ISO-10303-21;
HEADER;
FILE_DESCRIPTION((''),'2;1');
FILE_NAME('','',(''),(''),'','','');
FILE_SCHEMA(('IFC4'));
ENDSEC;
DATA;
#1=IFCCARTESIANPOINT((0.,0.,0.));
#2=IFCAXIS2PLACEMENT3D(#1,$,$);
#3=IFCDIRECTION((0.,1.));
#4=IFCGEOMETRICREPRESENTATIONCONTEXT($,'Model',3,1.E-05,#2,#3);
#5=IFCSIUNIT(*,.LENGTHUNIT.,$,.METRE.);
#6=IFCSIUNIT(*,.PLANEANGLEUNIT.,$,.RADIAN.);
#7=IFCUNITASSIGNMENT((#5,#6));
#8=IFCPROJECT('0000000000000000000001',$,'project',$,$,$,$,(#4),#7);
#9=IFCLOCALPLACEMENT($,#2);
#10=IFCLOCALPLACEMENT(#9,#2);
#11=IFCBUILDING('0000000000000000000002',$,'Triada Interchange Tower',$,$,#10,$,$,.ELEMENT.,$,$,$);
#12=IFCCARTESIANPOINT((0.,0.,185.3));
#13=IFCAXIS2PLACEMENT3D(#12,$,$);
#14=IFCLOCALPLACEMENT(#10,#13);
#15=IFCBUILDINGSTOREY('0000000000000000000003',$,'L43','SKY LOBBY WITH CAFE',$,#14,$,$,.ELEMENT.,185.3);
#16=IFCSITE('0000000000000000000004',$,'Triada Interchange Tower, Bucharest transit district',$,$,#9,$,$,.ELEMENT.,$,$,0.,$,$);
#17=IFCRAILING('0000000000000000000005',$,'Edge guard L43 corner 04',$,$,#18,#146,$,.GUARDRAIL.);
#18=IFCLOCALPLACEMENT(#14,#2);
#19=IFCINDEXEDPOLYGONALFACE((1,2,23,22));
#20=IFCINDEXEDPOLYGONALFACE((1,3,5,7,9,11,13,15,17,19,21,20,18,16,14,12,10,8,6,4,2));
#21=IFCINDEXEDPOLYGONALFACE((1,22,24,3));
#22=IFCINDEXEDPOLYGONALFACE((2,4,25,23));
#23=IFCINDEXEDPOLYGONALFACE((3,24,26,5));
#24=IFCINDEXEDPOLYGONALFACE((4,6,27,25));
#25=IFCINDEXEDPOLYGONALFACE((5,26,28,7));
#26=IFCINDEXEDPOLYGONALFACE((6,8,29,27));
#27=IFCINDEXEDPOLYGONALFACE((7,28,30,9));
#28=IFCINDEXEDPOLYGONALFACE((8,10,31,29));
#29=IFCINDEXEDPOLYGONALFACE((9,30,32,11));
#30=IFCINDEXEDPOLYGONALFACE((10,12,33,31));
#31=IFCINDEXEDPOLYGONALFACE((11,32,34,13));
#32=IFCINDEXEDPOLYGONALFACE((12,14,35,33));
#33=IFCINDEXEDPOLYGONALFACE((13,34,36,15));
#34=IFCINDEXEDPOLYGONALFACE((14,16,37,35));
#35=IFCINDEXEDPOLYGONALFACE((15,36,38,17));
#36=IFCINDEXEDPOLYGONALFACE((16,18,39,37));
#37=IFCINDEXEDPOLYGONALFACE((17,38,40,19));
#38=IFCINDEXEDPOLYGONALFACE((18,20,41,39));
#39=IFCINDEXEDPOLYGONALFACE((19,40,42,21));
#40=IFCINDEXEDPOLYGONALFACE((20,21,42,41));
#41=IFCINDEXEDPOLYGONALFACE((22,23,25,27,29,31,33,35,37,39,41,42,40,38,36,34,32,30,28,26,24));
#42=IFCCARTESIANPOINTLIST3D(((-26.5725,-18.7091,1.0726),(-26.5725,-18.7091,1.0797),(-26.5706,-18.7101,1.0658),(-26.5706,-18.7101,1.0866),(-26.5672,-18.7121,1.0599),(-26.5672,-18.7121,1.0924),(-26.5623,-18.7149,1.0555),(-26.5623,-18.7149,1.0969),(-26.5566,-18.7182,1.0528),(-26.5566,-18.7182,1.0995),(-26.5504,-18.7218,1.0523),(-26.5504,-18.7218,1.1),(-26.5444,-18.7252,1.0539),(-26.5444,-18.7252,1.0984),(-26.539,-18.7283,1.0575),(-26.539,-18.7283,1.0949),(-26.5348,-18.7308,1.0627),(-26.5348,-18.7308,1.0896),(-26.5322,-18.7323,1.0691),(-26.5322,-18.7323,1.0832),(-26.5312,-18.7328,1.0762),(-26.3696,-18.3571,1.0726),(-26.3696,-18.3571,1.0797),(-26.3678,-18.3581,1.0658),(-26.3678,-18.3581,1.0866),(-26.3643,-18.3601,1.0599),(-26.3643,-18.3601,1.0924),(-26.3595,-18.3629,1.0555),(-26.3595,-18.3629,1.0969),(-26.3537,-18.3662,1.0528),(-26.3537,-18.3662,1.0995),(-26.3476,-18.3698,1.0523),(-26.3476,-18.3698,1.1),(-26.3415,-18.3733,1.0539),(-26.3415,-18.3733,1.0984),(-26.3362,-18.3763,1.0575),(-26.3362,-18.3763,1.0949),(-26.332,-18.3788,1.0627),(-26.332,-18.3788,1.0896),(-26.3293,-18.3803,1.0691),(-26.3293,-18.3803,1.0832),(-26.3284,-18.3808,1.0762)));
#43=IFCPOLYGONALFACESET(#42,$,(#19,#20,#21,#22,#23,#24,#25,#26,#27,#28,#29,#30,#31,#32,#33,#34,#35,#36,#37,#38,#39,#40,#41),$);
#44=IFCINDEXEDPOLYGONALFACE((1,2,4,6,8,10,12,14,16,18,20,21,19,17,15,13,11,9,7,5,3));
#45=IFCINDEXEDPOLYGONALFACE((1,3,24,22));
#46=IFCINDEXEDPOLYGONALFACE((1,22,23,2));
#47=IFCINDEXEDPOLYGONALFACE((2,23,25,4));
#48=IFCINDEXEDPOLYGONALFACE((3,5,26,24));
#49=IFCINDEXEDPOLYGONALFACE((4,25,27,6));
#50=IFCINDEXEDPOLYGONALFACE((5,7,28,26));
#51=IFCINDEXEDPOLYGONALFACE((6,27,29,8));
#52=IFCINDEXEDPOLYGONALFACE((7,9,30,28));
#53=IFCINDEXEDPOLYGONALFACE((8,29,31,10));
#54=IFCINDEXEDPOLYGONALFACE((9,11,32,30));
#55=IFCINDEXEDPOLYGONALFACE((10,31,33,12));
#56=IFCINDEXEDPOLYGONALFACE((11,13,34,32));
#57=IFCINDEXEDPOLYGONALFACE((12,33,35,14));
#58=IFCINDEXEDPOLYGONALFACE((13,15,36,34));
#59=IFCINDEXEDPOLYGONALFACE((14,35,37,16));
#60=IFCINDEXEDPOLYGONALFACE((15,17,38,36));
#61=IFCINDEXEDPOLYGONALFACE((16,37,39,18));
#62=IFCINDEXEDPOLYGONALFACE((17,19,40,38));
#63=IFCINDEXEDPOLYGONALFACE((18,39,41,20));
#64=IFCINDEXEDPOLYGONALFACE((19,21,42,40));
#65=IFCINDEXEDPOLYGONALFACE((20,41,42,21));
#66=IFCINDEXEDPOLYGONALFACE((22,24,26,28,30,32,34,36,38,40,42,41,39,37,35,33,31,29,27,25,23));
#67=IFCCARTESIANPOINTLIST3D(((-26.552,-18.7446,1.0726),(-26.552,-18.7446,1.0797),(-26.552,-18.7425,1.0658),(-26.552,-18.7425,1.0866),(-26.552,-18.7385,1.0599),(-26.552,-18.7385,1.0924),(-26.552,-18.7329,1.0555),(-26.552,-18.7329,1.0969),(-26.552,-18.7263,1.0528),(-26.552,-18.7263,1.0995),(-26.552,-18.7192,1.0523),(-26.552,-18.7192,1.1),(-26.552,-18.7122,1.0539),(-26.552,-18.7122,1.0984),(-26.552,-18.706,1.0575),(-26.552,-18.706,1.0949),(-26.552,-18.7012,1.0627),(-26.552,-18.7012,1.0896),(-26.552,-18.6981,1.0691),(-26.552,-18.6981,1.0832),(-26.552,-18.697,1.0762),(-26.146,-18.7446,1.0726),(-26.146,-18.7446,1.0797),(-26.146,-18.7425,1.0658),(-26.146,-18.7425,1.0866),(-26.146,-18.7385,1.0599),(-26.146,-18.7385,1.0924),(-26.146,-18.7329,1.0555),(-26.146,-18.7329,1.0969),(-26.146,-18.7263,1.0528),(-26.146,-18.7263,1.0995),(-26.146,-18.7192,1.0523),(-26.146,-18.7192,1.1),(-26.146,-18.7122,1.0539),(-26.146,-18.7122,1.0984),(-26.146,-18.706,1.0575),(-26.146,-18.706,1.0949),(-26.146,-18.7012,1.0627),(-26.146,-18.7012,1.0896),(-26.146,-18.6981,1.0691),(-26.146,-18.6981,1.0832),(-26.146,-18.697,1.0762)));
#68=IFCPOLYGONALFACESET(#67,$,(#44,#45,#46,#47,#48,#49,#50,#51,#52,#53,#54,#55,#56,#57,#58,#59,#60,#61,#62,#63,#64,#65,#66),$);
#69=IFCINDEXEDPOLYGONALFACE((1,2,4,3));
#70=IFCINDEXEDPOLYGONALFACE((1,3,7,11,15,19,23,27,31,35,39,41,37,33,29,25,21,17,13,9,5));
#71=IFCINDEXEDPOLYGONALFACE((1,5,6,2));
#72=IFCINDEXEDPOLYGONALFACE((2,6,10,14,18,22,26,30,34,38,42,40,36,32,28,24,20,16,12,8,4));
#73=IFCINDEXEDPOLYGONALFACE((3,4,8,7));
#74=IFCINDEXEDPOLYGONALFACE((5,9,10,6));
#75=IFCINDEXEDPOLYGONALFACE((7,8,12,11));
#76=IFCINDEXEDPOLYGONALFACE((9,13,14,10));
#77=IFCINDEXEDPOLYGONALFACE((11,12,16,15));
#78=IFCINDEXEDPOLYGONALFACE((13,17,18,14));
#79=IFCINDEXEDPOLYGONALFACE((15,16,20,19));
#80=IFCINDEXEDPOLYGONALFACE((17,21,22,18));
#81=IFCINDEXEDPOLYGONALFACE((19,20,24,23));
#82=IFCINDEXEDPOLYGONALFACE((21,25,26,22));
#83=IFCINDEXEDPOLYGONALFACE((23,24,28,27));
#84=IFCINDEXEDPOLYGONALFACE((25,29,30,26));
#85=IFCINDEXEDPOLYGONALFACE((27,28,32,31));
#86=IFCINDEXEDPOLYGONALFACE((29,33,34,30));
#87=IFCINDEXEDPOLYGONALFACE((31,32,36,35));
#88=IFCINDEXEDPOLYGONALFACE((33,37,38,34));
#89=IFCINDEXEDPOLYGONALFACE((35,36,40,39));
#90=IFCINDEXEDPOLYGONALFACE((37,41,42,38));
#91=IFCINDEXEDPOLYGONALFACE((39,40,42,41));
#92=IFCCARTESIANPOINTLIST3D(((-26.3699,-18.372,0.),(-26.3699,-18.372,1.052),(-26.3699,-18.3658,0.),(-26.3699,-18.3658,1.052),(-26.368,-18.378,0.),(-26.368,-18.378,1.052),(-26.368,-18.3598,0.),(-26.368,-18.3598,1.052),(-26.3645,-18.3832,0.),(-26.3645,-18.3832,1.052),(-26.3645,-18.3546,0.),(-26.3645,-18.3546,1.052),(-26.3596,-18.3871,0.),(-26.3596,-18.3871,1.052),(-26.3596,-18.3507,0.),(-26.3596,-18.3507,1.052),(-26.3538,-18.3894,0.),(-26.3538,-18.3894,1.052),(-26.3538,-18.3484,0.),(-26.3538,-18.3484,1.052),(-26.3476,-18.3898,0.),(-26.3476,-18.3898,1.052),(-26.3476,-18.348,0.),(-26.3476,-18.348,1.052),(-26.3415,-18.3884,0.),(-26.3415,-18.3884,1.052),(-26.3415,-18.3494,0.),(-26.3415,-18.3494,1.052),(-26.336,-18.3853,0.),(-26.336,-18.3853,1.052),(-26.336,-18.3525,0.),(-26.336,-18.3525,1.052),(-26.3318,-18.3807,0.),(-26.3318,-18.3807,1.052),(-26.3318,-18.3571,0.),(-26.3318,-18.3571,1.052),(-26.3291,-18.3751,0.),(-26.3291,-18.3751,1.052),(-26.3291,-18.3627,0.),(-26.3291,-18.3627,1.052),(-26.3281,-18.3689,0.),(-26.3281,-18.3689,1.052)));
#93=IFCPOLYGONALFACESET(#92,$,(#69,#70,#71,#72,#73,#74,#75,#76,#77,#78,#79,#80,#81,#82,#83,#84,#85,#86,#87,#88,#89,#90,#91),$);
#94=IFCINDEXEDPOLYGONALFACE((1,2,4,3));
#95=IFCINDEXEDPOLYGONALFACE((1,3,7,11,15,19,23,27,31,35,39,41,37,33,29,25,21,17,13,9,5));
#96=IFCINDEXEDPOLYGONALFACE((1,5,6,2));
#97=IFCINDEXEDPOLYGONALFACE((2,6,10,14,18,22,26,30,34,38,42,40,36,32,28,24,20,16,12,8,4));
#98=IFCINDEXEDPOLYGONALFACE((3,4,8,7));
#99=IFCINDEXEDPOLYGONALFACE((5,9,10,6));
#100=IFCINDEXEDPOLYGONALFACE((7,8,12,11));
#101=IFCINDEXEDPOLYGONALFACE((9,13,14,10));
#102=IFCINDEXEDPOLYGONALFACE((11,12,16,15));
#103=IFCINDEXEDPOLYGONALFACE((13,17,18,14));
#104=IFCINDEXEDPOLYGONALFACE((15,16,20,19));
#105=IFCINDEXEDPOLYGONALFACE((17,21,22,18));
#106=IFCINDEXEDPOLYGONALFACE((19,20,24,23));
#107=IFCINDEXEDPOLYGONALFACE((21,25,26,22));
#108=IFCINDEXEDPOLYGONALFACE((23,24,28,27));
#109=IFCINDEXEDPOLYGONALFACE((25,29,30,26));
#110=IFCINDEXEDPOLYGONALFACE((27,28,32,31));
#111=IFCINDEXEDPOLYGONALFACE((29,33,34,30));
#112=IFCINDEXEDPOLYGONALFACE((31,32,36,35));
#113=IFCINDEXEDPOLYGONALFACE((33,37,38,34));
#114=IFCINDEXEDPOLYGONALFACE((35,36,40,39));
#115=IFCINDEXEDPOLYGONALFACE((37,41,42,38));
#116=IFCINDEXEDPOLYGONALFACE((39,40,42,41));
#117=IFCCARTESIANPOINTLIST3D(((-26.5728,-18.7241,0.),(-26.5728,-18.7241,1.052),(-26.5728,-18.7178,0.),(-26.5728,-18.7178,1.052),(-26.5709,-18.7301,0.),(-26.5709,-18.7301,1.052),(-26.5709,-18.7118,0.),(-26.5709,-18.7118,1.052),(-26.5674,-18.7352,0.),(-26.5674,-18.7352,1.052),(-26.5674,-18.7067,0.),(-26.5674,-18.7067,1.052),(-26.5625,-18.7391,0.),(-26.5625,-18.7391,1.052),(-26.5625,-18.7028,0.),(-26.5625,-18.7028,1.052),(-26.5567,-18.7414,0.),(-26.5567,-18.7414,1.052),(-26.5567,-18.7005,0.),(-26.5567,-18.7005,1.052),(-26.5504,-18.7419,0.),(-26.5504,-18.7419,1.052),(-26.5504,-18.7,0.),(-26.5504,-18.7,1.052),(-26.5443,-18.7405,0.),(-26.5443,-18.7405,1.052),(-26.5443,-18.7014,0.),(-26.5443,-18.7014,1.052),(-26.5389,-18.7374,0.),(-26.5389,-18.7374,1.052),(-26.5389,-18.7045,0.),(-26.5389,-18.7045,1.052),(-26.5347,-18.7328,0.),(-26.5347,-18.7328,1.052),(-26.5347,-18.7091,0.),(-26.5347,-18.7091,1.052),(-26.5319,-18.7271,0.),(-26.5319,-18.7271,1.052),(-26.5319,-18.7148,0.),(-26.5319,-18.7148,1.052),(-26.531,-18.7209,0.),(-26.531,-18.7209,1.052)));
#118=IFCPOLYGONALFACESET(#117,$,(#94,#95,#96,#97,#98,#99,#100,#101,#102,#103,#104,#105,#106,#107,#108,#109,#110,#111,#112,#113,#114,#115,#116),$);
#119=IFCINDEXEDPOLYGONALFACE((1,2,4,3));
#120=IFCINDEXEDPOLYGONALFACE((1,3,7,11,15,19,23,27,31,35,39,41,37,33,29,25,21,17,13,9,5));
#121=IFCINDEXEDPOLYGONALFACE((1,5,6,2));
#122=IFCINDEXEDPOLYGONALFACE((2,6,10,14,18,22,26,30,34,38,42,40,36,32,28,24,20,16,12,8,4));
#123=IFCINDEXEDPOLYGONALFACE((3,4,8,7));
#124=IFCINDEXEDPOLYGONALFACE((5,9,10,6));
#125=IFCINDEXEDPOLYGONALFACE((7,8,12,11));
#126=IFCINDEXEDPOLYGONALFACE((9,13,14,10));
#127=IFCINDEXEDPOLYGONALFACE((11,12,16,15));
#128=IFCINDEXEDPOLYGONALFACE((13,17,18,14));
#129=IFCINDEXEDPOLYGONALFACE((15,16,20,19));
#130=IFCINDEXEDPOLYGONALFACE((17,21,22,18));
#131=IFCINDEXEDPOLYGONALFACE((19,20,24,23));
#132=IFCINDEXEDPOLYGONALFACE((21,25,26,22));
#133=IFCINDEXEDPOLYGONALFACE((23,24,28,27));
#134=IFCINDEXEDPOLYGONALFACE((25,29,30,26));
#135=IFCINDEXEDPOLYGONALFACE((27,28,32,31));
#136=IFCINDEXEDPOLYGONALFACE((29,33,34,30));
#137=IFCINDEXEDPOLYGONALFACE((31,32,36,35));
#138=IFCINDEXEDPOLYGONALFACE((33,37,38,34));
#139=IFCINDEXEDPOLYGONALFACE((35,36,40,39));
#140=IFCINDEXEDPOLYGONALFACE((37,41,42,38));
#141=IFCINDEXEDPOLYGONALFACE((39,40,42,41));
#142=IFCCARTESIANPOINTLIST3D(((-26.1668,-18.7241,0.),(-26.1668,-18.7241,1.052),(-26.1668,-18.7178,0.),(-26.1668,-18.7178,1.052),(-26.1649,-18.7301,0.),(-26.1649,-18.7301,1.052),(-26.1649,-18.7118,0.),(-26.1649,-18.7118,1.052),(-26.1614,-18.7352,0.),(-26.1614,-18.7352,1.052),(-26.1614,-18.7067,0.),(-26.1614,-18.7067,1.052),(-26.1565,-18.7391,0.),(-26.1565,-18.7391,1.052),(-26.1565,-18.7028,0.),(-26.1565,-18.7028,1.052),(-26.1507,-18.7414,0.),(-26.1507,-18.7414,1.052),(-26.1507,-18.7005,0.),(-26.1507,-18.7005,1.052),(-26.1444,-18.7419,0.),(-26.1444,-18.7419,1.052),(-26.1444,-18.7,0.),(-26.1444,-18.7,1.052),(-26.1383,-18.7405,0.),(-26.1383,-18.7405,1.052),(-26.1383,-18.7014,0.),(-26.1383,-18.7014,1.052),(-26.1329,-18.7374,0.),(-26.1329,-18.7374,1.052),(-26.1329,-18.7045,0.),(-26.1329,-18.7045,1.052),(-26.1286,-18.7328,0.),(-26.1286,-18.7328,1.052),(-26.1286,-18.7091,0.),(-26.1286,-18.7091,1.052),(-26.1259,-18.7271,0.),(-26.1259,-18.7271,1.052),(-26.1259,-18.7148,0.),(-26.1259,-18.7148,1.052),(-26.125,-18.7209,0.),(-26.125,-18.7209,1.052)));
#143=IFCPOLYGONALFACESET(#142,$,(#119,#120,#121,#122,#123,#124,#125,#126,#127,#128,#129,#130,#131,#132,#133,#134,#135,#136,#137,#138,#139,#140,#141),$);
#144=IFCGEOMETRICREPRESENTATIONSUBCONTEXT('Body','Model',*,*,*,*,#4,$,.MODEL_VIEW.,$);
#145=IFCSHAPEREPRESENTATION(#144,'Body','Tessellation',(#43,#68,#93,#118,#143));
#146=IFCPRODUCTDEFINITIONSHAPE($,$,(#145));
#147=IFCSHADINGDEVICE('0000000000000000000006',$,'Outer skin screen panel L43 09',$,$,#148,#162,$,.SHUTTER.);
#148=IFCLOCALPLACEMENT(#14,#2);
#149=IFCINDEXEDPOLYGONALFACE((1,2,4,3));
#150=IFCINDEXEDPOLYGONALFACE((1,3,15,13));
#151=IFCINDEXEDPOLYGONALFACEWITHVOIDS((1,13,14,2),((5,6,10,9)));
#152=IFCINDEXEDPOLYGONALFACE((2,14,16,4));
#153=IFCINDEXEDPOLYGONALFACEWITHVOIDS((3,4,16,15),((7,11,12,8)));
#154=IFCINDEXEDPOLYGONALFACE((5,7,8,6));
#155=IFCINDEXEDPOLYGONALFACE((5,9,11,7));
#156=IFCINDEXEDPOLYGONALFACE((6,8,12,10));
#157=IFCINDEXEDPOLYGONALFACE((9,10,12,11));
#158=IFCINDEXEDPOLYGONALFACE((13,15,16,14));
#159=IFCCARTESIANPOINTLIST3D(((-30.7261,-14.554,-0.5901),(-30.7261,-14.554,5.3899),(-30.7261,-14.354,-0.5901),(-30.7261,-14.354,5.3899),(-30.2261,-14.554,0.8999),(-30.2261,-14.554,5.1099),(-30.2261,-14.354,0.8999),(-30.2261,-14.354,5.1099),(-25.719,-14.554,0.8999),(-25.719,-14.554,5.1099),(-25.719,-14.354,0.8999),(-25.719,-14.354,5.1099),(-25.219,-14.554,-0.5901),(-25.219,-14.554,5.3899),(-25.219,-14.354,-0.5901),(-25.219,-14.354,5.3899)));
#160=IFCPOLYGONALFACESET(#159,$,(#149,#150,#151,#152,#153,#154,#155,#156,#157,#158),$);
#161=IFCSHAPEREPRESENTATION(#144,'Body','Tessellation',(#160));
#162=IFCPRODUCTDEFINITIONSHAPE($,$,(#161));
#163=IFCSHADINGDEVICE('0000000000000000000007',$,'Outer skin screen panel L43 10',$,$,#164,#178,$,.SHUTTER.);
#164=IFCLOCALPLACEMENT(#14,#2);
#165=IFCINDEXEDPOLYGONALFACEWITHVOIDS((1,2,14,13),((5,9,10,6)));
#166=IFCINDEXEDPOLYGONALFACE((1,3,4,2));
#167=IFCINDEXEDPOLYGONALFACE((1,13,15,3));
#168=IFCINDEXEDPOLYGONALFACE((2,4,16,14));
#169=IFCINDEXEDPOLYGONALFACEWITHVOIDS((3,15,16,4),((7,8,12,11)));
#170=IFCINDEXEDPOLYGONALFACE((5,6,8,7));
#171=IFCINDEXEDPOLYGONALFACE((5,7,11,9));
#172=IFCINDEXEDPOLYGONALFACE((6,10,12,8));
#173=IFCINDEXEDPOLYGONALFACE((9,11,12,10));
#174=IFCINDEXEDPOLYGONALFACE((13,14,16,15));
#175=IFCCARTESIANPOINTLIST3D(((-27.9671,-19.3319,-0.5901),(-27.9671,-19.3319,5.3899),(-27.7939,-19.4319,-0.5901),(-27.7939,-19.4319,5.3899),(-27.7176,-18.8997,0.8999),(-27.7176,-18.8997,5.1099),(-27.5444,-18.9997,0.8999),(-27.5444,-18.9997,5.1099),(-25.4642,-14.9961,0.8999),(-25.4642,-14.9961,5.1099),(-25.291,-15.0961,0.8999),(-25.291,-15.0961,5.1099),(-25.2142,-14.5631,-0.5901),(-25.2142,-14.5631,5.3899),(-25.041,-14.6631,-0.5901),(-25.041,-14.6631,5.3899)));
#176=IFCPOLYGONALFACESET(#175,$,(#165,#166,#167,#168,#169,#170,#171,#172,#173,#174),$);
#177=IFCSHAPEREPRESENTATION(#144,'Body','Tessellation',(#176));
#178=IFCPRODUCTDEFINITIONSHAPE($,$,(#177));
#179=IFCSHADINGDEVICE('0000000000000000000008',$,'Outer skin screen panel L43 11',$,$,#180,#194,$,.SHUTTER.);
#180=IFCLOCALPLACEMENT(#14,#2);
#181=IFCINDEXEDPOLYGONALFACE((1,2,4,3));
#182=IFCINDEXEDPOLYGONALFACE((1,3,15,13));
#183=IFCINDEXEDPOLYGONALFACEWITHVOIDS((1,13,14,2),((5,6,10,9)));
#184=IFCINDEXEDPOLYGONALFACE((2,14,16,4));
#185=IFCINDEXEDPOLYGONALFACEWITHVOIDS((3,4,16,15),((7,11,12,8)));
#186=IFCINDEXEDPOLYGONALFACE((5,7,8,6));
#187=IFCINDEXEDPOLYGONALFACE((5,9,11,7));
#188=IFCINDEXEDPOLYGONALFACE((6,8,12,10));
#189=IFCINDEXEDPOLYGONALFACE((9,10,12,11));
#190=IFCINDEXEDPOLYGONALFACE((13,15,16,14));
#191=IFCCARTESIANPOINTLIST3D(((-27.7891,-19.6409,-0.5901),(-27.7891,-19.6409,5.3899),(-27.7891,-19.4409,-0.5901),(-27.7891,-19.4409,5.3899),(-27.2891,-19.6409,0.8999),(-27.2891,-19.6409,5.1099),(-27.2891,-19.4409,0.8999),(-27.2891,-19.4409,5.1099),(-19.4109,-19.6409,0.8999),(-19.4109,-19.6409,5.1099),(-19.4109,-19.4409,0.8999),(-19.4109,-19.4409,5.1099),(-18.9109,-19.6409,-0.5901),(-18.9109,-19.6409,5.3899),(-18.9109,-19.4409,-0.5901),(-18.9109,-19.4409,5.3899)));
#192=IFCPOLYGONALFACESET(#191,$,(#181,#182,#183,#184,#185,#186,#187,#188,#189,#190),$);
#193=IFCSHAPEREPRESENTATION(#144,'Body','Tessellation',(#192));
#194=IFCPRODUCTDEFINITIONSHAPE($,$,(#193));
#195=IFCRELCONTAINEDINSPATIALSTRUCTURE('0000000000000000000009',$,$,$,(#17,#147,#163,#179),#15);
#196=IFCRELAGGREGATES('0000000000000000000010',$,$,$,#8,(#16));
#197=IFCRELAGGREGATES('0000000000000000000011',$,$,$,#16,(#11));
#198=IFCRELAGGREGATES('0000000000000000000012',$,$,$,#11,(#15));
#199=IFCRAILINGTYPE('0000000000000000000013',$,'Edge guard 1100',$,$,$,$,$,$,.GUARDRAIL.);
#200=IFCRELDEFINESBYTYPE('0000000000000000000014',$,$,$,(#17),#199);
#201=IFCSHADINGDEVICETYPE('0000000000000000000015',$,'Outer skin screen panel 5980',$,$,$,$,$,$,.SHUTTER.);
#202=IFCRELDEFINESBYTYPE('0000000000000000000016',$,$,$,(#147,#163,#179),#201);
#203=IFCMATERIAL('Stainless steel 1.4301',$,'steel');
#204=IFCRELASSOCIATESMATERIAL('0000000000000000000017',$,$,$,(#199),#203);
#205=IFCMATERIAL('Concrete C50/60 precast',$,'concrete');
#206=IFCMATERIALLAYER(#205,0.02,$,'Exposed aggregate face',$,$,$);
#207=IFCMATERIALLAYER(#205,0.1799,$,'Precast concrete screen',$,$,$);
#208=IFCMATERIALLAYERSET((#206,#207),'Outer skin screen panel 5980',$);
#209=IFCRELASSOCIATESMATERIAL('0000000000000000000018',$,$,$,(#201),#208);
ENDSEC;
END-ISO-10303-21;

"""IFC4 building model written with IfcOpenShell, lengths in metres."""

from ifc_helpers import new_model, si_unit, direction, frame, origin, origin_2d, place, context, subcontext, project, spatial, polyline, circle, outline, extrude, material, layer, layer_set, type_object, element, save


model = new_model("IFC4")

# Units and contexts
model_context = context("Model", 3, precision=1e-05, world=origin(), true_north=direction((0.0, 1.0)))
body_context = subcontext(model_context, "Body", "Model", "MODEL_VIEW")
ifc_project = project(units=[si_unit("LENGTHUNIT", "METRE"), si_unit("PLANEANGLEUNIT", "RADIAN")], contexts=[model_context])

# Site, building, storey
site_placement = place(None, origin())
site = spatial("IfcSite", under=ifc_project, at=site_placement, Name="Triada Interchange Tower, Bucharest transit district", CompositionType="ELEMENT", RefElevation=0.0)
building_placement = place(site_placement, origin())
building = spatial("IfcBuilding", under=site, at=building_placement, Name="Triada Interchange Tower", CompositionType="ELEMENT")
storey_placement = place(building_placement, frame((0.0, 0.0, 185.3)))
storey = spatial("IfcBuildingStorey", under=building, at=storey_placement, Name="L43", Description="SKY LOBBY WITH CAFE", CompositionType="ELEMENT", Elevation=185.3)

# Railing
ifc_material_1 = material(Name="Stainless steel 1.4301", Category="steel")
railing_type = type_object("IfcRailingType", Name="Edge guard 1100", PredefinedType="GUARDRAIL", material=ifc_material_1)
railing_1_placement = place(storey_placement, frame((-26.3491, -18.3689, 0.0)))
element("IfcRailing", 1, at=railing_1_placement, inside=storey, type_object=railing_type, Name="Edge guard L43 corner 04", PredefinedType="GUARDRAIL", context=body_context, shape_type="SweptSolid", body=[
    extrude(circle(Radius=0.0239, at=origin_2d()), frame((0.0, 0.0, 1.0762), z_axis=(-0.499306, -0.866426, 0.0), x_axis=(0.866426, -0.499306, 0.0)), (0.0, 0.0, 1.0), 0.4062),
    extrude(circle(Radius=0.0239, at=origin_2d()), frame((-0.2029, -0.3521, 1.0762), z_axis=(1.0, 0.0, 0.0), x_axis=(0.0, 1.0, 0.0)), (0.0, 0.0, 1.0), 0.406),
    extrude(circle(Radius=0.021, at=origin_2d()), origin(), (0.0, 0.0, 1.0), 1.052),
    extrude(circle(Radius=0.021, at=origin_2d()), frame((-0.2029, -0.3521, 0.0)), (0.0, 0.0, 1.0), 1.052),
    extrude(circle(Radius=0.021, at=origin_2d()), frame((0.2031, -0.3521, 0.0)), (0.0, 0.0, 1.0), 1.052),
])

# Shading devices
ifc_material_2 = material(Name="Concrete C50/60 precast", Category="concrete")
ifc_layer_1 = layer(ifc_material_2, 0.02, Name="Exposed aggregate face")
ifc_layer_2 = layer(ifc_material_2, 0.1799, Name="Precast concrete screen")
ifc_layer_set_1 = layer_set([ifc_layer_1, ifc_layer_2], Name="Outer skin screen panel 5980")
shading_device_type = type_object("IfcShadingDeviceType", Name="Outer skin screen panel 5980", PredefinedType="SHUTTER", material=ifc_layer_set_1)
shading_device_1_placement = place(storey_placement, frame((-30.7261, -14.354, -0.5901), z_axis=(0.0, 0.0, 1.0), x_axis=(1.0, 0.0, 0.0)))
element("IfcShadingDevice", 2, at=shading_device_1_placement, inside=storey, type_object=shading_device_type, Name="Outer skin screen panel L43 09", PredefinedType="SHUTTER", context=body_context, shape_type="SweptSolid", body=[
    extrude(outline(polyline([(0.0, 0.0), (5.5071, 0.0), (5.5071, 5.98), (0.0, 5.98), (0.0, 0.0)]), holes=[polyline([(0.5, 1.49), (0.5, 5.7), (5.0071, 5.7), (5.0071, 1.49), (0.5, 1.49)])]), frame((0.0, 0.0, 0.0), z_axis=(0.0, -1.0, 0.0), x_axis=(1.0, 0.0, 0.0)), (0.0, 0.0, 1.0), 0.2),
])
shading_device_2_placement = place(storey_placement, frame((-25.041, -14.6631, -0.5901), z_axis=(0.0, 0.0, 1.0), x_axis=(-0.499954, -0.866052, 0.0)))
element("IfcShadingDevice", 3, at=shading_device_2_placement, inside=storey, type_object=shading_device_type, Name="Outer skin screen panel L43 10", PredefinedType="SHUTTER", context=body_context, shape_type="SweptSolid", body=[
    extrude(outline(polyline([(0.0, 0.0), (5.5063, 0.0), (5.5063, 5.98), (0.0, 5.98), (0.0, 0.0)]), holes=[polyline([(0.5, 1.49), (0.5, 5.7), (5.0073, 5.7), (5.0073, 1.49), (0.5, 1.49)])]), frame((0.0, 0.0, 0.0), z_axis=(0.0, -1.0, 0.0), x_axis=(1.0, 0.0, 0.0)), (0.0, 0.0, 1.0), 0.2),
])
shading_device_3_placement = place(storey_placement, frame((-27.7891, -19.4409, -0.5901), z_axis=(0.0, 0.0, 1.0), x_axis=(1.0, 0.0, 0.0)))
element("IfcShadingDevice", 4, at=shading_device_3_placement, inside=storey, type_object=shading_device_type, Name="Outer skin screen panel L43 11", PredefinedType="SHUTTER", context=body_context, shape_type="SweptSolid", body=[
    extrude(outline(polyline([(0.0, 0.0), (8.8782, 0.0), (8.8782, 5.98), (0.0, 5.98), (0.0, 0.0)]), holes=[polyline([(0.5, 1.49), (0.5, 5.7), (8.3782, 5.7), (8.3782, 1.49), (0.5, 1.49)])]), frame((0.0, 0.0, 0.0), z_axis=(0.0, -1.0, 0.0), x_axis=(1.0, 0.0, 0.0)), (0.0, 0.0, 1.0), 0.2),
])

save(model, "model.ifc")
